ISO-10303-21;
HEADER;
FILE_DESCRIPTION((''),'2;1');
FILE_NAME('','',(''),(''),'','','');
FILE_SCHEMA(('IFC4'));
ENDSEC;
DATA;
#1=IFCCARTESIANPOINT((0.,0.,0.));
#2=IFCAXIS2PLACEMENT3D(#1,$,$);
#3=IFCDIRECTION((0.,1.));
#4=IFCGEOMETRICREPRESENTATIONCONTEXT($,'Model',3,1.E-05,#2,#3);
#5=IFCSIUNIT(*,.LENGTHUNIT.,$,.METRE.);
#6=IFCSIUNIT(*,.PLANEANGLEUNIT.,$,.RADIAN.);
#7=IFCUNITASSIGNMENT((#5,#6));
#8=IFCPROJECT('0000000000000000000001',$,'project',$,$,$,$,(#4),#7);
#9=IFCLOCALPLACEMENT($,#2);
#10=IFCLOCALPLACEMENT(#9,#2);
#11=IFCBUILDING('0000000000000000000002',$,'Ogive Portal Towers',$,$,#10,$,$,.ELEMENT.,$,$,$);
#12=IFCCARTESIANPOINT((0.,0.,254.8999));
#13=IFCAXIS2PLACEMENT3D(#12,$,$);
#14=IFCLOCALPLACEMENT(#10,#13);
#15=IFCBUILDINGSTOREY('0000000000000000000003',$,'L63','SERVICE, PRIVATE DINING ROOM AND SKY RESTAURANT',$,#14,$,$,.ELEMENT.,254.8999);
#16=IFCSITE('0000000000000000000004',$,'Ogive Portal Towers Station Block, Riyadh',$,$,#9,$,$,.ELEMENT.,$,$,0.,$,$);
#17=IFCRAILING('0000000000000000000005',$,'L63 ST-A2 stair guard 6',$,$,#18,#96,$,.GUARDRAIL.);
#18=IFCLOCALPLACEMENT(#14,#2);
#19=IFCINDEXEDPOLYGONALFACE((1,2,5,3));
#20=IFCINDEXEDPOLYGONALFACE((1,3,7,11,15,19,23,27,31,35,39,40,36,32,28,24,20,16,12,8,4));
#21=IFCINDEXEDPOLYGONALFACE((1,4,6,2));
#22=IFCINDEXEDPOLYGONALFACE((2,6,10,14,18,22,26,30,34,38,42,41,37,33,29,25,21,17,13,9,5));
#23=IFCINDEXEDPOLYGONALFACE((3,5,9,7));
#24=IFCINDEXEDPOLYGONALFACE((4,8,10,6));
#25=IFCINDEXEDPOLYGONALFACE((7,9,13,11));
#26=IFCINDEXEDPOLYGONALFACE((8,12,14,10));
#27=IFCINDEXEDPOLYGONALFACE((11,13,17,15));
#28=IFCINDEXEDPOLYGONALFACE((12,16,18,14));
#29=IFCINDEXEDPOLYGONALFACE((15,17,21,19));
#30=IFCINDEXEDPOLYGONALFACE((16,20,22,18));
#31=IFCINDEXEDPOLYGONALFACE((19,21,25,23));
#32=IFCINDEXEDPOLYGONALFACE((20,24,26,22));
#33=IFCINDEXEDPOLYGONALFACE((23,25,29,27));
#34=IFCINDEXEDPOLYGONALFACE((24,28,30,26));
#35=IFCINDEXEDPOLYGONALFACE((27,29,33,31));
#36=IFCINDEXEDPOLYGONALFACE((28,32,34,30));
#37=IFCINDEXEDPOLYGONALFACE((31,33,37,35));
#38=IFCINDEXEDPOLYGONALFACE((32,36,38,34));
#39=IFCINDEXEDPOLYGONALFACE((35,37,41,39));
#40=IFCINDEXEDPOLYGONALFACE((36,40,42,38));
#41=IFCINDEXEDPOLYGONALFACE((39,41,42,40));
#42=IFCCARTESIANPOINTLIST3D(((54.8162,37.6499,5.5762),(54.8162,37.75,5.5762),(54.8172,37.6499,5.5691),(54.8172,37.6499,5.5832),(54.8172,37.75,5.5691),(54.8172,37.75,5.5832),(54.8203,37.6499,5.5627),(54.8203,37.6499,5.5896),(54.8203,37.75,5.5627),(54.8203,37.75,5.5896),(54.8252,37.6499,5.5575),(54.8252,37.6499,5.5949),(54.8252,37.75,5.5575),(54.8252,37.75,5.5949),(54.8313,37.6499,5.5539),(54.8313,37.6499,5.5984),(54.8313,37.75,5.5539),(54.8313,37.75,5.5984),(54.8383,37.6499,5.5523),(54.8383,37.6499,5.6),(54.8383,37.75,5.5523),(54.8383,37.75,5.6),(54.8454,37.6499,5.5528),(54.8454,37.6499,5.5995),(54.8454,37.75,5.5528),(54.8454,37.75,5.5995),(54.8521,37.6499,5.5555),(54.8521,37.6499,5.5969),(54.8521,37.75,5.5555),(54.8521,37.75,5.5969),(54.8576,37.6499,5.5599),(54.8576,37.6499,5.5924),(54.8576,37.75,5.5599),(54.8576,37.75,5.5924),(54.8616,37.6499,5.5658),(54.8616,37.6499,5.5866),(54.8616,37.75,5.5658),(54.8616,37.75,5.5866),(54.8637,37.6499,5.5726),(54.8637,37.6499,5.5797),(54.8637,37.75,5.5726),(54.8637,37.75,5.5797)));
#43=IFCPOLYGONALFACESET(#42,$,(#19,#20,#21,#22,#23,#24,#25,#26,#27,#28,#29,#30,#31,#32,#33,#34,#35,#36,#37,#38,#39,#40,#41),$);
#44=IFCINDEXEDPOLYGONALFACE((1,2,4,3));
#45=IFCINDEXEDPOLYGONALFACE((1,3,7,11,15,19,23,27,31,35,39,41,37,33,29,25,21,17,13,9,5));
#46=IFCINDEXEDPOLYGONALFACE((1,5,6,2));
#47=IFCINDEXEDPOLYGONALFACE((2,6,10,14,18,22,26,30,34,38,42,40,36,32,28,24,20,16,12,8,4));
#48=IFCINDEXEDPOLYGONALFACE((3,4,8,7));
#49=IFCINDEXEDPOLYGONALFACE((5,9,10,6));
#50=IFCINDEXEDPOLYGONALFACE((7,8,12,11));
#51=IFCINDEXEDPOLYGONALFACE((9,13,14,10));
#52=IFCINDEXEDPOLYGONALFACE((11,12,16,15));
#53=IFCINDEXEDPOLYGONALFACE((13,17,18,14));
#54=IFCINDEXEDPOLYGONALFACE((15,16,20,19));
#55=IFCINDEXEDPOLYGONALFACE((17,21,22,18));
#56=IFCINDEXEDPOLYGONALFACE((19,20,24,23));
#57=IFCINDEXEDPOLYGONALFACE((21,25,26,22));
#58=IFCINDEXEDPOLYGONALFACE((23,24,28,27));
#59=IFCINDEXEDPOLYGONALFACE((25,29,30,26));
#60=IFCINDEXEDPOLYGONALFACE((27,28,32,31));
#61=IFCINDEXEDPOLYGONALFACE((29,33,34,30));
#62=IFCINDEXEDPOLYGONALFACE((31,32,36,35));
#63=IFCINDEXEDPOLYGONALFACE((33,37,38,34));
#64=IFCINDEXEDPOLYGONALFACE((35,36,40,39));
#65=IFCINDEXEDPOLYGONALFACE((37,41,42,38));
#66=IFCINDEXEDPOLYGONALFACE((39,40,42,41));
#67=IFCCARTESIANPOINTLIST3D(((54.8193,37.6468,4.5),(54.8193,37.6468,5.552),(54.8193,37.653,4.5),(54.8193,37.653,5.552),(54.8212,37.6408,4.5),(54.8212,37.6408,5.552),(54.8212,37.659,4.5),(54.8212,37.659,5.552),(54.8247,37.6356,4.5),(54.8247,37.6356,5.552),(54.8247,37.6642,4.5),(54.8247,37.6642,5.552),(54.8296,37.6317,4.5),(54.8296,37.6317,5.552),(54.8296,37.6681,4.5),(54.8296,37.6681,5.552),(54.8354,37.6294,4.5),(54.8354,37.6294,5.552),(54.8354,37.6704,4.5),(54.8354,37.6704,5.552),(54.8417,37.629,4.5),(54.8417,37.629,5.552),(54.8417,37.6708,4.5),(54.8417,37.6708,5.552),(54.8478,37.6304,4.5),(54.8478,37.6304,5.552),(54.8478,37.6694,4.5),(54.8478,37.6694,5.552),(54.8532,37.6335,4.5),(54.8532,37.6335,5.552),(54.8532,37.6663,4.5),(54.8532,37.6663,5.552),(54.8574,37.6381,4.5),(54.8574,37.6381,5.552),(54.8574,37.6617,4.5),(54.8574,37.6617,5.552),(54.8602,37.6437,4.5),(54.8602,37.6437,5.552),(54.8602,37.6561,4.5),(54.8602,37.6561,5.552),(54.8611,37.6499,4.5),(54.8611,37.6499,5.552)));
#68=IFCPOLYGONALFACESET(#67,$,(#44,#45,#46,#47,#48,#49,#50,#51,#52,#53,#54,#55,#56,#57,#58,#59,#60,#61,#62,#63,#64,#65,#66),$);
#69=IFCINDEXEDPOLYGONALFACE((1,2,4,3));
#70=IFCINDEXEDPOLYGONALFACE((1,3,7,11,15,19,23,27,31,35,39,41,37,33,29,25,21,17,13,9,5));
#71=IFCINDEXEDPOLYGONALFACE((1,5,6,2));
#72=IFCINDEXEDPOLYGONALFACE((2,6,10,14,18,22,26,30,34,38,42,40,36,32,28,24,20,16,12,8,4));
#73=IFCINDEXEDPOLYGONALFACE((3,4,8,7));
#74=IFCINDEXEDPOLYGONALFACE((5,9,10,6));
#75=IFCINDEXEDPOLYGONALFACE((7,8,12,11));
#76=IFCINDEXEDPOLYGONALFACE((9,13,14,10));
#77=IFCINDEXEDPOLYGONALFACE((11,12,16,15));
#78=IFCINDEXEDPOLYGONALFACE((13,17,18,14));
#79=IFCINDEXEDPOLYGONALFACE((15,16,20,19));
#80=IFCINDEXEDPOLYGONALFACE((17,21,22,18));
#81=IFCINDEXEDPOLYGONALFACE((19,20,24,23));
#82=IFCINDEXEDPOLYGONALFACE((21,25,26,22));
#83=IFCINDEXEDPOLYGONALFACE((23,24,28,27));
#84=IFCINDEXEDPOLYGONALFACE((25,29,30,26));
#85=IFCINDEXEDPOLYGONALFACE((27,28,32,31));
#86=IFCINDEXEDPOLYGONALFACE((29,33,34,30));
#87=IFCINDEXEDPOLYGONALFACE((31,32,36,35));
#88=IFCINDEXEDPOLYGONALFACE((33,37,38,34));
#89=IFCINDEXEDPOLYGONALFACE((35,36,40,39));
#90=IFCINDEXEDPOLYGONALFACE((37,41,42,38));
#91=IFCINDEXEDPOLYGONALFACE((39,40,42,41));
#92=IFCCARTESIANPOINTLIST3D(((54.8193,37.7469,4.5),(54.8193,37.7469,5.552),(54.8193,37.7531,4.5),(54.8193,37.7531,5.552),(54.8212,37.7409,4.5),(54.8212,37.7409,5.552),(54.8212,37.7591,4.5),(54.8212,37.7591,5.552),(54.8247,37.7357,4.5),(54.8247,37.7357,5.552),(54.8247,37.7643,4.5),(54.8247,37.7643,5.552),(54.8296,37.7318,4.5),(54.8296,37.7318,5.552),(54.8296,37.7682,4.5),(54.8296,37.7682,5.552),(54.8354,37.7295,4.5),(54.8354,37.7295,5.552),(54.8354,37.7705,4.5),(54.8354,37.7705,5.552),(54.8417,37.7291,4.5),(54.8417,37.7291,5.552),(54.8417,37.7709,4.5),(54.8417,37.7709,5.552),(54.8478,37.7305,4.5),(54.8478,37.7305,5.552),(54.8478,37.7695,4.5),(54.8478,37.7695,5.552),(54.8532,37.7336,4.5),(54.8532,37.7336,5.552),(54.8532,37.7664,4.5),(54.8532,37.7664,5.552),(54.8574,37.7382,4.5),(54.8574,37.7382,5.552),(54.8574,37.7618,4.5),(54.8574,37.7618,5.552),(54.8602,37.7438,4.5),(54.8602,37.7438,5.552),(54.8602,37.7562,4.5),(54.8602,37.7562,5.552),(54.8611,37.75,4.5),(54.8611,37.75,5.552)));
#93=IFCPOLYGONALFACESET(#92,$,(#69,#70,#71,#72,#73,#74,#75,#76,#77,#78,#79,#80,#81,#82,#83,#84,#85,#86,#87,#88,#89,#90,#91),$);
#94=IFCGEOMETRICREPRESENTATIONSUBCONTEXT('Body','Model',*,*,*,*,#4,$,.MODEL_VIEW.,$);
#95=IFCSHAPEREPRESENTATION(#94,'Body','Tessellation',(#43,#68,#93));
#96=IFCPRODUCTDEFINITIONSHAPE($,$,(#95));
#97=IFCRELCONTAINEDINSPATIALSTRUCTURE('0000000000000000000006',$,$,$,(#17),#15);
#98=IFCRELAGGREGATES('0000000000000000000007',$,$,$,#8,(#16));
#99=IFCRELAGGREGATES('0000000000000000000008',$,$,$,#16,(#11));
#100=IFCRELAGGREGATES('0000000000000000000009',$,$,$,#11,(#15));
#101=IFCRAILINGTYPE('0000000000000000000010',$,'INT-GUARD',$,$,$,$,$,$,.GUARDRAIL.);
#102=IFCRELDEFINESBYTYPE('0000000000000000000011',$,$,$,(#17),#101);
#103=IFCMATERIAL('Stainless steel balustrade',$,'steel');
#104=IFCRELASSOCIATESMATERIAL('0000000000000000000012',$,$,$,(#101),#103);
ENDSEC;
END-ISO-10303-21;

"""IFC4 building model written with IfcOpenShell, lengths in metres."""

from ifc_helpers import new_model, si_unit, direction, frame, origin, origin_2d, place, context, subcontext, project, spatial, circle, extrude, material, type_object, element, save


model = new_model("IFC4")

# Units and contexts
model_context = context("Model", 3, precision=1e-05, world=origin(), true_north=direction((0.0, 1.0)))
body_context = subcontext(model_context, "Body", "Model", "MODEL_VIEW")
ifc_project = project(units=[si_unit("LENGTHUNIT", "METRE"), si_unit("PLANEANGLEUNIT", "RADIAN")], contexts=[model_context])

# Site, building, storey
site_placement = place(None, origin())
site = spatial("IfcSite", under=ifc_project, at=site_placement, Name="Ogive Portal Towers Station Block, Riyadh", CompositionType="ELEMENT", RefElevation=0.0)
building_placement = place(site_placement, origin())
building = spatial("IfcBuilding", under=site, at=building_placement, Name="Ogive Portal Towers", CompositionType="ELEMENT")
storey_placement = place(building_placement, frame((0.0, 0.0, 254.8999)))
storey = spatial("IfcBuildingStorey", under=building, at=storey_placement, Name="L63", Description="SERVICE, PRIVATE DINING ROOM AND SKY RESTAURANT", CompositionType="ELEMENT", Elevation=254.8999)

# Railing
ifc_material_1 = material(Name="Stainless steel balustrade", Category="steel")
railing_type_1 = type_object("IfcRailingType", Name="INT-GUARD", PredefinedType="GUARDRAIL", material=ifc_material_1)
railing_1_placement = place(storey_placement, frame((54.8401, 37.6499, 4.5)))
element("IfcRailing", 1, at=railing_1_placement, inside=storey, type_object=railing_type_1, Name="L63 ST-A2 stair guard 6", PredefinedType="GUARDRAIL", context=body_context, shape_type="SweptSolid", body=[
    extrude(circle(Radius=0.0239, at=origin_2d()), frame((0.0, 0.0, 1.0762), z_axis=(0.0, 1.0, 0.0), x_axis=(-1.0, 0.0, 0.0)), (0.0, 0.0, 1.0), 0.1001),
    extrude(circle(Radius=0.021, at=origin_2d()), origin(), (0.0, 0.0, 1.0), 1.052),
    extrude(circle(Radius=0.021, at=origin_2d()), frame((0.0, 0.1001, 0.0)), (0.0, 0.0, 1.0), 1.052),
])

save(model, "model.ifc")
